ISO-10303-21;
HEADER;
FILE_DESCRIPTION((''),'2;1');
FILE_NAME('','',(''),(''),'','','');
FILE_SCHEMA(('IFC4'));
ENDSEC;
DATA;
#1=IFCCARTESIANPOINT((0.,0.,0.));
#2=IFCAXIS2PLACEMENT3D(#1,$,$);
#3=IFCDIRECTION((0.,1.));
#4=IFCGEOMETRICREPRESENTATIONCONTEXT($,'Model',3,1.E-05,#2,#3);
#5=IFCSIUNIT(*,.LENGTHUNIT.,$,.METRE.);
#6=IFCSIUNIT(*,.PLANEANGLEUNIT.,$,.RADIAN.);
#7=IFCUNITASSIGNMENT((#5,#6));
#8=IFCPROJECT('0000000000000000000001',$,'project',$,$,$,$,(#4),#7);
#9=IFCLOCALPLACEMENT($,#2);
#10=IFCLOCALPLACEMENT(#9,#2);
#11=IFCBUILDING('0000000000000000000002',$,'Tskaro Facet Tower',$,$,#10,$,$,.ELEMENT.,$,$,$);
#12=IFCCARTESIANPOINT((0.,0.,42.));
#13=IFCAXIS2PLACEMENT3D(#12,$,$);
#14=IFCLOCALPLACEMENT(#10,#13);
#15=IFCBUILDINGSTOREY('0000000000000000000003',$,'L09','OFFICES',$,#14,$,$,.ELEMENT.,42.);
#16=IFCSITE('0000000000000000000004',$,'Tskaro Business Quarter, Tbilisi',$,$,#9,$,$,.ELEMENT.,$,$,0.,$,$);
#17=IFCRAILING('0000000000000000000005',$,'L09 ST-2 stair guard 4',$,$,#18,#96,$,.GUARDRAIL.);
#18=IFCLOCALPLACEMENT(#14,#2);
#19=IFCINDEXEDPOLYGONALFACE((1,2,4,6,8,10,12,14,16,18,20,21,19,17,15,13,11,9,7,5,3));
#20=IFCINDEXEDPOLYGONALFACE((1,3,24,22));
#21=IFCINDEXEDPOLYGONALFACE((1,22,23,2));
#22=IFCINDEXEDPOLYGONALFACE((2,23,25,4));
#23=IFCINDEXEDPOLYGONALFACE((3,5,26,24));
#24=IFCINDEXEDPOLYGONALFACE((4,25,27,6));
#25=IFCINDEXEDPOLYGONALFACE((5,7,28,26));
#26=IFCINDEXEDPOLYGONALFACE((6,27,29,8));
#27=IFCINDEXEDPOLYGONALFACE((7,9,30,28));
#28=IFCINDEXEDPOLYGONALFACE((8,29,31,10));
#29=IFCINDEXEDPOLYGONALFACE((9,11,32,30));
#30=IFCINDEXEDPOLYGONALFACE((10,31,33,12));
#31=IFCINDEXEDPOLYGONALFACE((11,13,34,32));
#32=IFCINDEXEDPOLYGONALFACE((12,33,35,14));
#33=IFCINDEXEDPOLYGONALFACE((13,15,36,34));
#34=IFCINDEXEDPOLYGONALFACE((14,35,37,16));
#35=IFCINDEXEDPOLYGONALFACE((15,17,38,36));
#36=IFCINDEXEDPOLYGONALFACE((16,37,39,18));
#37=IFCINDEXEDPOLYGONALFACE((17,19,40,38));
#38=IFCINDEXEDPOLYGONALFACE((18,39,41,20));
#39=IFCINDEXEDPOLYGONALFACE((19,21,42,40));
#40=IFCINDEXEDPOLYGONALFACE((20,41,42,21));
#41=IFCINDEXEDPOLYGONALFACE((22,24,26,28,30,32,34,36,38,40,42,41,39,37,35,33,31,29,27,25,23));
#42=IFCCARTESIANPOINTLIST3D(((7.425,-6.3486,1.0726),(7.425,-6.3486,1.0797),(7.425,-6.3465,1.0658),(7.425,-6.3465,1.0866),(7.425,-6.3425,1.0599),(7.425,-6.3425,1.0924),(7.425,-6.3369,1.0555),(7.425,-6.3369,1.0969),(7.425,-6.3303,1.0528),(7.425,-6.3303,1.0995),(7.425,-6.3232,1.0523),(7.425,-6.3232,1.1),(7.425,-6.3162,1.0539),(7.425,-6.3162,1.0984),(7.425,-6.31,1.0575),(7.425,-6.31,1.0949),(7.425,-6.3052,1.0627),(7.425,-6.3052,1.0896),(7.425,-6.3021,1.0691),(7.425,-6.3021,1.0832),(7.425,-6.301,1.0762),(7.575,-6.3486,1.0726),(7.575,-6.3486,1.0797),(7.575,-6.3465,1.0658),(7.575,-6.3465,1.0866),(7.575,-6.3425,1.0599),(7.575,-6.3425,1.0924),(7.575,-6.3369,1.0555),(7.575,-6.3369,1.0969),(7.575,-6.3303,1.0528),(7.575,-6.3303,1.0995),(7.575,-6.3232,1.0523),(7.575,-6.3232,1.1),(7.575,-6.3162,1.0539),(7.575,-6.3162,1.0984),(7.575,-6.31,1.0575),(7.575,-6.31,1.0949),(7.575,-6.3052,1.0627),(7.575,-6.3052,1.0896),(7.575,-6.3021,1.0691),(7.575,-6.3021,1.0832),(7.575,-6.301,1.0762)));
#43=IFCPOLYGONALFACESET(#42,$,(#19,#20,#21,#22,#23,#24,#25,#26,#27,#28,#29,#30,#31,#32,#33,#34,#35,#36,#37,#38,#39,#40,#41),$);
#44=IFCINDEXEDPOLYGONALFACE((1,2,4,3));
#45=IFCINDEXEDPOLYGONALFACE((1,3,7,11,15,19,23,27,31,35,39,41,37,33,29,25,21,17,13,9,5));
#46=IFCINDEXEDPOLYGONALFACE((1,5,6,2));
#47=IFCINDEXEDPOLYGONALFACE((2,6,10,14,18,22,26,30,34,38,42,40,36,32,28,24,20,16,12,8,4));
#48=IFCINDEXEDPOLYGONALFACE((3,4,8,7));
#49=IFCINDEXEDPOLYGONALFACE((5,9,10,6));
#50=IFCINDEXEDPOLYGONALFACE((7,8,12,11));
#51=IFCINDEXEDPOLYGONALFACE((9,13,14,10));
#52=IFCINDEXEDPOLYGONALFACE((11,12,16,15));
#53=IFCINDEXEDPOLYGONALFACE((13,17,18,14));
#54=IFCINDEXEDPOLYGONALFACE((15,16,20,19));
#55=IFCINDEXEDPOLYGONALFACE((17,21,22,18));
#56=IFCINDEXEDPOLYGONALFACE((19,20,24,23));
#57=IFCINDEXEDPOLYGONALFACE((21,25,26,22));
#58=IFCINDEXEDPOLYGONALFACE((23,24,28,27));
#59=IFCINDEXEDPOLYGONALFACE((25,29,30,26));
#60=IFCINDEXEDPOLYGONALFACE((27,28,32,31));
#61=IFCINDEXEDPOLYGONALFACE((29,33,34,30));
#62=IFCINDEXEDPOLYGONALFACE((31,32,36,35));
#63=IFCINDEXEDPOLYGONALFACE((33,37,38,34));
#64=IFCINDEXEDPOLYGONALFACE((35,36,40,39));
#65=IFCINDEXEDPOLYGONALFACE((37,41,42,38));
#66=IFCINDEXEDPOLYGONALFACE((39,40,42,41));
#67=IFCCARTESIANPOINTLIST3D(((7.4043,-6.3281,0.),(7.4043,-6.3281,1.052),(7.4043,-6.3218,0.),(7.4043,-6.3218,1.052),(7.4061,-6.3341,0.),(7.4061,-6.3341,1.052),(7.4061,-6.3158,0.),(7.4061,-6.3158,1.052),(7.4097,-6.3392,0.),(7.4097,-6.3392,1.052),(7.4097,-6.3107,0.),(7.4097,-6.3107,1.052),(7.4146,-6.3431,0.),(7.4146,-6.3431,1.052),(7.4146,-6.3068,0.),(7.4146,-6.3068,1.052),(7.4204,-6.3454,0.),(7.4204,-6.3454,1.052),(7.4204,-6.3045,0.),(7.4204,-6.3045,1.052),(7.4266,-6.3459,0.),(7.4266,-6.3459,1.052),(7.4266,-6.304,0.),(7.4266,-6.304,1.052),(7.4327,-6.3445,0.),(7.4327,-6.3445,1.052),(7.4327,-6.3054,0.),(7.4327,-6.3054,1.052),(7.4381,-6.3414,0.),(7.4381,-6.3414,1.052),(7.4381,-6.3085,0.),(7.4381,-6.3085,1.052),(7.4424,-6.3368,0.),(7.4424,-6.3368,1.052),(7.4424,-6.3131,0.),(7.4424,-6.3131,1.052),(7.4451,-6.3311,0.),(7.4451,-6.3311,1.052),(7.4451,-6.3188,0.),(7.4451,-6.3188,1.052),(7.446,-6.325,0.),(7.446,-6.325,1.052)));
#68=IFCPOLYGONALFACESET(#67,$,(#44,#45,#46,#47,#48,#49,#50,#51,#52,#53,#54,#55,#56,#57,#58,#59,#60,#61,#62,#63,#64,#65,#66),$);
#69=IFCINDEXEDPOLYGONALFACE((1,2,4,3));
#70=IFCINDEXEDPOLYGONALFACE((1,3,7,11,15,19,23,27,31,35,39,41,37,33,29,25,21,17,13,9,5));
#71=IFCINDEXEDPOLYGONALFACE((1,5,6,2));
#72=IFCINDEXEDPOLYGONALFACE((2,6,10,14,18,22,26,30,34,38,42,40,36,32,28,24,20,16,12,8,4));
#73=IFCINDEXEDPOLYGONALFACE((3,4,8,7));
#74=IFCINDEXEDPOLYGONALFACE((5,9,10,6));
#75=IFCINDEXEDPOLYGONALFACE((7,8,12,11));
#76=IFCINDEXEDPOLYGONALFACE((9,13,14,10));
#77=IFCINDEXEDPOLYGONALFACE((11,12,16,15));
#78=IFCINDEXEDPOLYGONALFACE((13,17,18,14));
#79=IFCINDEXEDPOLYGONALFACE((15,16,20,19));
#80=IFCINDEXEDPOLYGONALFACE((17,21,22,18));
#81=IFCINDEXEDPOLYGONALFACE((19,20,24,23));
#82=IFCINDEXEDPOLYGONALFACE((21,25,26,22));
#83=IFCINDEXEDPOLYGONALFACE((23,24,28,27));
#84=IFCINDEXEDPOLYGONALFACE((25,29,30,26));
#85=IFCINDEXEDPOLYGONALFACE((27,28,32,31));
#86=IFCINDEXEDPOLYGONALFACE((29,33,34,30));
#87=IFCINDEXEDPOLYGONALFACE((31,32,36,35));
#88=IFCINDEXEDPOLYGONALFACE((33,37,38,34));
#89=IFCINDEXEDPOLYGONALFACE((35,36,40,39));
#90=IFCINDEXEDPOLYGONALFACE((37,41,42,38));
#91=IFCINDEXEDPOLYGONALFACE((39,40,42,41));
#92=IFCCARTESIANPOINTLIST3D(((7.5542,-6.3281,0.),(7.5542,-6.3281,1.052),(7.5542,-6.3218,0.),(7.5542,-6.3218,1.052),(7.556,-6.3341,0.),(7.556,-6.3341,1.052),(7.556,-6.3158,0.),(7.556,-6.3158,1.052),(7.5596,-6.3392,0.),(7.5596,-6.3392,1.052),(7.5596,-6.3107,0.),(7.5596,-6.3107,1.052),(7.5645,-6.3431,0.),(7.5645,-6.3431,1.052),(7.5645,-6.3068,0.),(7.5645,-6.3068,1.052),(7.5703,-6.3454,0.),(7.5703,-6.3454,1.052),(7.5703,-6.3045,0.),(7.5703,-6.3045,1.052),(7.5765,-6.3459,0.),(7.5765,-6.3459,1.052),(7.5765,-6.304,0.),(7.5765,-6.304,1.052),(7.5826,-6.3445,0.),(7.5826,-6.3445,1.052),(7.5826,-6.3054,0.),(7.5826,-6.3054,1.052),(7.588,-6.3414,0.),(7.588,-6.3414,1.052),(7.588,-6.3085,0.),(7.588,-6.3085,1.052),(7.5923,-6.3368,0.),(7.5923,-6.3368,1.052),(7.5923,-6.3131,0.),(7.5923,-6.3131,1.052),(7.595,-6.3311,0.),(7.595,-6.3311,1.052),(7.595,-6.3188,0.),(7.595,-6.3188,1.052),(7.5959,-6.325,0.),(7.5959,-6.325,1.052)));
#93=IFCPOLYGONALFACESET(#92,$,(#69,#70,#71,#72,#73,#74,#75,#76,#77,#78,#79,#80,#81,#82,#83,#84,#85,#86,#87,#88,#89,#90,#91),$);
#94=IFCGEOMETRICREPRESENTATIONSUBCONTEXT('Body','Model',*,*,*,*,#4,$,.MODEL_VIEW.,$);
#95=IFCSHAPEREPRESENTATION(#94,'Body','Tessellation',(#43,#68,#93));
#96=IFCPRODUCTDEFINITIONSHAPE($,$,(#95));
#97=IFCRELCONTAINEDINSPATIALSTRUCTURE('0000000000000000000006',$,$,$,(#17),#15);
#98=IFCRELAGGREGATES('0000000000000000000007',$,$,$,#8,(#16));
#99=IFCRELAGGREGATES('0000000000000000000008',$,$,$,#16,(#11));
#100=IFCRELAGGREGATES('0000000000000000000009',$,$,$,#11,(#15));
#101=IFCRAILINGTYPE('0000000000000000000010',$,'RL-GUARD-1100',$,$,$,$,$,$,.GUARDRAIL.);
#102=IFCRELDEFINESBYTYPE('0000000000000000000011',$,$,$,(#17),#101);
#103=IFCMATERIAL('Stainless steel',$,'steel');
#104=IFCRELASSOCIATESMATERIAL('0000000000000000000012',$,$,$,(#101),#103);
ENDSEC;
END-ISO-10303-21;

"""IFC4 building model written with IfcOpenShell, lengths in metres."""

from ifc_helpers import new_model, si_unit, direction, frame, origin, origin_2d, place, context, subcontext, project, spatial, circle, extrude, material, type_object, element, save


model = new_model("IFC4")

# Units and contexts
model_context = context("Model", 3, precision=1e-05, world=origin(), true_north=direction((0.0, 1.0)))
body_context = subcontext(model_context, "Body", "Model", "MODEL_VIEW")
ifc_project = project(units=[si_unit("LENGTHUNIT", "METRE"), si_unit("PLANEANGLEUNIT", "RADIAN")], contexts=[model_context])

# Site, building, storey
site_placement = place(None, origin())
site = spatial("IfcSite", under=ifc_project, at=site_placement, Name="Tskaro Business Quarter, Tbilisi", CompositionType="ELEMENT", RefElevation=0.0)
building_placement = place(site_placement, origin())
building = spatial("IfcBuilding", under=site, at=building_placement, Name="Tskaro Facet Tower", CompositionType="ELEMENT")
storey_placement = place(building_placement, frame((0.0, 0.0, 42.0)))
storey = spatial("IfcBuildingStorey", under=building, at=storey_placement, Name="L09", Description="OFFICES", CompositionType="ELEMENT", Elevation=42.0)

# Railing
ifc_material_1 = material(Name="Stainless steel", Category="steel")
railing_type_1 = type_object("IfcRailingType", Name="RL-GUARD-1100", PredefinedType="GUARDRAIL", material=ifc_material_1)
railing_1_placement = place(storey_placement, frame((7.425, -6.325, 0.0)))
element("IfcRailing", 1, at=railing_1_placement, inside=storey, type_object=railing_type_1, Name="L09 ST-2 stair guard 4", PredefinedType="GUARDRAIL", context=body_context, shape_type="SweptSolid", body=[
    extrude(circle(Radius=0.0239, at=origin_2d()), frame((0.0, 0.0, 1.0762), z_axis=(1.0, 0.0, 0.0), x_axis=(0.0, 1.0, 0.0)), (0.0, 0.0, 1.0), 0.1499),
    extrude(circle(Radius=0.021, at=origin_2d()), origin(), (0.0, 0.0, 1.0), 1.052),
    extrude(circle(Radius=0.021, at=origin_2d()), frame((0.1499, 0.0, 0.0)), (0.0, 0.0, 1.0), 1.052),
])

save(model, "model.ifc")
